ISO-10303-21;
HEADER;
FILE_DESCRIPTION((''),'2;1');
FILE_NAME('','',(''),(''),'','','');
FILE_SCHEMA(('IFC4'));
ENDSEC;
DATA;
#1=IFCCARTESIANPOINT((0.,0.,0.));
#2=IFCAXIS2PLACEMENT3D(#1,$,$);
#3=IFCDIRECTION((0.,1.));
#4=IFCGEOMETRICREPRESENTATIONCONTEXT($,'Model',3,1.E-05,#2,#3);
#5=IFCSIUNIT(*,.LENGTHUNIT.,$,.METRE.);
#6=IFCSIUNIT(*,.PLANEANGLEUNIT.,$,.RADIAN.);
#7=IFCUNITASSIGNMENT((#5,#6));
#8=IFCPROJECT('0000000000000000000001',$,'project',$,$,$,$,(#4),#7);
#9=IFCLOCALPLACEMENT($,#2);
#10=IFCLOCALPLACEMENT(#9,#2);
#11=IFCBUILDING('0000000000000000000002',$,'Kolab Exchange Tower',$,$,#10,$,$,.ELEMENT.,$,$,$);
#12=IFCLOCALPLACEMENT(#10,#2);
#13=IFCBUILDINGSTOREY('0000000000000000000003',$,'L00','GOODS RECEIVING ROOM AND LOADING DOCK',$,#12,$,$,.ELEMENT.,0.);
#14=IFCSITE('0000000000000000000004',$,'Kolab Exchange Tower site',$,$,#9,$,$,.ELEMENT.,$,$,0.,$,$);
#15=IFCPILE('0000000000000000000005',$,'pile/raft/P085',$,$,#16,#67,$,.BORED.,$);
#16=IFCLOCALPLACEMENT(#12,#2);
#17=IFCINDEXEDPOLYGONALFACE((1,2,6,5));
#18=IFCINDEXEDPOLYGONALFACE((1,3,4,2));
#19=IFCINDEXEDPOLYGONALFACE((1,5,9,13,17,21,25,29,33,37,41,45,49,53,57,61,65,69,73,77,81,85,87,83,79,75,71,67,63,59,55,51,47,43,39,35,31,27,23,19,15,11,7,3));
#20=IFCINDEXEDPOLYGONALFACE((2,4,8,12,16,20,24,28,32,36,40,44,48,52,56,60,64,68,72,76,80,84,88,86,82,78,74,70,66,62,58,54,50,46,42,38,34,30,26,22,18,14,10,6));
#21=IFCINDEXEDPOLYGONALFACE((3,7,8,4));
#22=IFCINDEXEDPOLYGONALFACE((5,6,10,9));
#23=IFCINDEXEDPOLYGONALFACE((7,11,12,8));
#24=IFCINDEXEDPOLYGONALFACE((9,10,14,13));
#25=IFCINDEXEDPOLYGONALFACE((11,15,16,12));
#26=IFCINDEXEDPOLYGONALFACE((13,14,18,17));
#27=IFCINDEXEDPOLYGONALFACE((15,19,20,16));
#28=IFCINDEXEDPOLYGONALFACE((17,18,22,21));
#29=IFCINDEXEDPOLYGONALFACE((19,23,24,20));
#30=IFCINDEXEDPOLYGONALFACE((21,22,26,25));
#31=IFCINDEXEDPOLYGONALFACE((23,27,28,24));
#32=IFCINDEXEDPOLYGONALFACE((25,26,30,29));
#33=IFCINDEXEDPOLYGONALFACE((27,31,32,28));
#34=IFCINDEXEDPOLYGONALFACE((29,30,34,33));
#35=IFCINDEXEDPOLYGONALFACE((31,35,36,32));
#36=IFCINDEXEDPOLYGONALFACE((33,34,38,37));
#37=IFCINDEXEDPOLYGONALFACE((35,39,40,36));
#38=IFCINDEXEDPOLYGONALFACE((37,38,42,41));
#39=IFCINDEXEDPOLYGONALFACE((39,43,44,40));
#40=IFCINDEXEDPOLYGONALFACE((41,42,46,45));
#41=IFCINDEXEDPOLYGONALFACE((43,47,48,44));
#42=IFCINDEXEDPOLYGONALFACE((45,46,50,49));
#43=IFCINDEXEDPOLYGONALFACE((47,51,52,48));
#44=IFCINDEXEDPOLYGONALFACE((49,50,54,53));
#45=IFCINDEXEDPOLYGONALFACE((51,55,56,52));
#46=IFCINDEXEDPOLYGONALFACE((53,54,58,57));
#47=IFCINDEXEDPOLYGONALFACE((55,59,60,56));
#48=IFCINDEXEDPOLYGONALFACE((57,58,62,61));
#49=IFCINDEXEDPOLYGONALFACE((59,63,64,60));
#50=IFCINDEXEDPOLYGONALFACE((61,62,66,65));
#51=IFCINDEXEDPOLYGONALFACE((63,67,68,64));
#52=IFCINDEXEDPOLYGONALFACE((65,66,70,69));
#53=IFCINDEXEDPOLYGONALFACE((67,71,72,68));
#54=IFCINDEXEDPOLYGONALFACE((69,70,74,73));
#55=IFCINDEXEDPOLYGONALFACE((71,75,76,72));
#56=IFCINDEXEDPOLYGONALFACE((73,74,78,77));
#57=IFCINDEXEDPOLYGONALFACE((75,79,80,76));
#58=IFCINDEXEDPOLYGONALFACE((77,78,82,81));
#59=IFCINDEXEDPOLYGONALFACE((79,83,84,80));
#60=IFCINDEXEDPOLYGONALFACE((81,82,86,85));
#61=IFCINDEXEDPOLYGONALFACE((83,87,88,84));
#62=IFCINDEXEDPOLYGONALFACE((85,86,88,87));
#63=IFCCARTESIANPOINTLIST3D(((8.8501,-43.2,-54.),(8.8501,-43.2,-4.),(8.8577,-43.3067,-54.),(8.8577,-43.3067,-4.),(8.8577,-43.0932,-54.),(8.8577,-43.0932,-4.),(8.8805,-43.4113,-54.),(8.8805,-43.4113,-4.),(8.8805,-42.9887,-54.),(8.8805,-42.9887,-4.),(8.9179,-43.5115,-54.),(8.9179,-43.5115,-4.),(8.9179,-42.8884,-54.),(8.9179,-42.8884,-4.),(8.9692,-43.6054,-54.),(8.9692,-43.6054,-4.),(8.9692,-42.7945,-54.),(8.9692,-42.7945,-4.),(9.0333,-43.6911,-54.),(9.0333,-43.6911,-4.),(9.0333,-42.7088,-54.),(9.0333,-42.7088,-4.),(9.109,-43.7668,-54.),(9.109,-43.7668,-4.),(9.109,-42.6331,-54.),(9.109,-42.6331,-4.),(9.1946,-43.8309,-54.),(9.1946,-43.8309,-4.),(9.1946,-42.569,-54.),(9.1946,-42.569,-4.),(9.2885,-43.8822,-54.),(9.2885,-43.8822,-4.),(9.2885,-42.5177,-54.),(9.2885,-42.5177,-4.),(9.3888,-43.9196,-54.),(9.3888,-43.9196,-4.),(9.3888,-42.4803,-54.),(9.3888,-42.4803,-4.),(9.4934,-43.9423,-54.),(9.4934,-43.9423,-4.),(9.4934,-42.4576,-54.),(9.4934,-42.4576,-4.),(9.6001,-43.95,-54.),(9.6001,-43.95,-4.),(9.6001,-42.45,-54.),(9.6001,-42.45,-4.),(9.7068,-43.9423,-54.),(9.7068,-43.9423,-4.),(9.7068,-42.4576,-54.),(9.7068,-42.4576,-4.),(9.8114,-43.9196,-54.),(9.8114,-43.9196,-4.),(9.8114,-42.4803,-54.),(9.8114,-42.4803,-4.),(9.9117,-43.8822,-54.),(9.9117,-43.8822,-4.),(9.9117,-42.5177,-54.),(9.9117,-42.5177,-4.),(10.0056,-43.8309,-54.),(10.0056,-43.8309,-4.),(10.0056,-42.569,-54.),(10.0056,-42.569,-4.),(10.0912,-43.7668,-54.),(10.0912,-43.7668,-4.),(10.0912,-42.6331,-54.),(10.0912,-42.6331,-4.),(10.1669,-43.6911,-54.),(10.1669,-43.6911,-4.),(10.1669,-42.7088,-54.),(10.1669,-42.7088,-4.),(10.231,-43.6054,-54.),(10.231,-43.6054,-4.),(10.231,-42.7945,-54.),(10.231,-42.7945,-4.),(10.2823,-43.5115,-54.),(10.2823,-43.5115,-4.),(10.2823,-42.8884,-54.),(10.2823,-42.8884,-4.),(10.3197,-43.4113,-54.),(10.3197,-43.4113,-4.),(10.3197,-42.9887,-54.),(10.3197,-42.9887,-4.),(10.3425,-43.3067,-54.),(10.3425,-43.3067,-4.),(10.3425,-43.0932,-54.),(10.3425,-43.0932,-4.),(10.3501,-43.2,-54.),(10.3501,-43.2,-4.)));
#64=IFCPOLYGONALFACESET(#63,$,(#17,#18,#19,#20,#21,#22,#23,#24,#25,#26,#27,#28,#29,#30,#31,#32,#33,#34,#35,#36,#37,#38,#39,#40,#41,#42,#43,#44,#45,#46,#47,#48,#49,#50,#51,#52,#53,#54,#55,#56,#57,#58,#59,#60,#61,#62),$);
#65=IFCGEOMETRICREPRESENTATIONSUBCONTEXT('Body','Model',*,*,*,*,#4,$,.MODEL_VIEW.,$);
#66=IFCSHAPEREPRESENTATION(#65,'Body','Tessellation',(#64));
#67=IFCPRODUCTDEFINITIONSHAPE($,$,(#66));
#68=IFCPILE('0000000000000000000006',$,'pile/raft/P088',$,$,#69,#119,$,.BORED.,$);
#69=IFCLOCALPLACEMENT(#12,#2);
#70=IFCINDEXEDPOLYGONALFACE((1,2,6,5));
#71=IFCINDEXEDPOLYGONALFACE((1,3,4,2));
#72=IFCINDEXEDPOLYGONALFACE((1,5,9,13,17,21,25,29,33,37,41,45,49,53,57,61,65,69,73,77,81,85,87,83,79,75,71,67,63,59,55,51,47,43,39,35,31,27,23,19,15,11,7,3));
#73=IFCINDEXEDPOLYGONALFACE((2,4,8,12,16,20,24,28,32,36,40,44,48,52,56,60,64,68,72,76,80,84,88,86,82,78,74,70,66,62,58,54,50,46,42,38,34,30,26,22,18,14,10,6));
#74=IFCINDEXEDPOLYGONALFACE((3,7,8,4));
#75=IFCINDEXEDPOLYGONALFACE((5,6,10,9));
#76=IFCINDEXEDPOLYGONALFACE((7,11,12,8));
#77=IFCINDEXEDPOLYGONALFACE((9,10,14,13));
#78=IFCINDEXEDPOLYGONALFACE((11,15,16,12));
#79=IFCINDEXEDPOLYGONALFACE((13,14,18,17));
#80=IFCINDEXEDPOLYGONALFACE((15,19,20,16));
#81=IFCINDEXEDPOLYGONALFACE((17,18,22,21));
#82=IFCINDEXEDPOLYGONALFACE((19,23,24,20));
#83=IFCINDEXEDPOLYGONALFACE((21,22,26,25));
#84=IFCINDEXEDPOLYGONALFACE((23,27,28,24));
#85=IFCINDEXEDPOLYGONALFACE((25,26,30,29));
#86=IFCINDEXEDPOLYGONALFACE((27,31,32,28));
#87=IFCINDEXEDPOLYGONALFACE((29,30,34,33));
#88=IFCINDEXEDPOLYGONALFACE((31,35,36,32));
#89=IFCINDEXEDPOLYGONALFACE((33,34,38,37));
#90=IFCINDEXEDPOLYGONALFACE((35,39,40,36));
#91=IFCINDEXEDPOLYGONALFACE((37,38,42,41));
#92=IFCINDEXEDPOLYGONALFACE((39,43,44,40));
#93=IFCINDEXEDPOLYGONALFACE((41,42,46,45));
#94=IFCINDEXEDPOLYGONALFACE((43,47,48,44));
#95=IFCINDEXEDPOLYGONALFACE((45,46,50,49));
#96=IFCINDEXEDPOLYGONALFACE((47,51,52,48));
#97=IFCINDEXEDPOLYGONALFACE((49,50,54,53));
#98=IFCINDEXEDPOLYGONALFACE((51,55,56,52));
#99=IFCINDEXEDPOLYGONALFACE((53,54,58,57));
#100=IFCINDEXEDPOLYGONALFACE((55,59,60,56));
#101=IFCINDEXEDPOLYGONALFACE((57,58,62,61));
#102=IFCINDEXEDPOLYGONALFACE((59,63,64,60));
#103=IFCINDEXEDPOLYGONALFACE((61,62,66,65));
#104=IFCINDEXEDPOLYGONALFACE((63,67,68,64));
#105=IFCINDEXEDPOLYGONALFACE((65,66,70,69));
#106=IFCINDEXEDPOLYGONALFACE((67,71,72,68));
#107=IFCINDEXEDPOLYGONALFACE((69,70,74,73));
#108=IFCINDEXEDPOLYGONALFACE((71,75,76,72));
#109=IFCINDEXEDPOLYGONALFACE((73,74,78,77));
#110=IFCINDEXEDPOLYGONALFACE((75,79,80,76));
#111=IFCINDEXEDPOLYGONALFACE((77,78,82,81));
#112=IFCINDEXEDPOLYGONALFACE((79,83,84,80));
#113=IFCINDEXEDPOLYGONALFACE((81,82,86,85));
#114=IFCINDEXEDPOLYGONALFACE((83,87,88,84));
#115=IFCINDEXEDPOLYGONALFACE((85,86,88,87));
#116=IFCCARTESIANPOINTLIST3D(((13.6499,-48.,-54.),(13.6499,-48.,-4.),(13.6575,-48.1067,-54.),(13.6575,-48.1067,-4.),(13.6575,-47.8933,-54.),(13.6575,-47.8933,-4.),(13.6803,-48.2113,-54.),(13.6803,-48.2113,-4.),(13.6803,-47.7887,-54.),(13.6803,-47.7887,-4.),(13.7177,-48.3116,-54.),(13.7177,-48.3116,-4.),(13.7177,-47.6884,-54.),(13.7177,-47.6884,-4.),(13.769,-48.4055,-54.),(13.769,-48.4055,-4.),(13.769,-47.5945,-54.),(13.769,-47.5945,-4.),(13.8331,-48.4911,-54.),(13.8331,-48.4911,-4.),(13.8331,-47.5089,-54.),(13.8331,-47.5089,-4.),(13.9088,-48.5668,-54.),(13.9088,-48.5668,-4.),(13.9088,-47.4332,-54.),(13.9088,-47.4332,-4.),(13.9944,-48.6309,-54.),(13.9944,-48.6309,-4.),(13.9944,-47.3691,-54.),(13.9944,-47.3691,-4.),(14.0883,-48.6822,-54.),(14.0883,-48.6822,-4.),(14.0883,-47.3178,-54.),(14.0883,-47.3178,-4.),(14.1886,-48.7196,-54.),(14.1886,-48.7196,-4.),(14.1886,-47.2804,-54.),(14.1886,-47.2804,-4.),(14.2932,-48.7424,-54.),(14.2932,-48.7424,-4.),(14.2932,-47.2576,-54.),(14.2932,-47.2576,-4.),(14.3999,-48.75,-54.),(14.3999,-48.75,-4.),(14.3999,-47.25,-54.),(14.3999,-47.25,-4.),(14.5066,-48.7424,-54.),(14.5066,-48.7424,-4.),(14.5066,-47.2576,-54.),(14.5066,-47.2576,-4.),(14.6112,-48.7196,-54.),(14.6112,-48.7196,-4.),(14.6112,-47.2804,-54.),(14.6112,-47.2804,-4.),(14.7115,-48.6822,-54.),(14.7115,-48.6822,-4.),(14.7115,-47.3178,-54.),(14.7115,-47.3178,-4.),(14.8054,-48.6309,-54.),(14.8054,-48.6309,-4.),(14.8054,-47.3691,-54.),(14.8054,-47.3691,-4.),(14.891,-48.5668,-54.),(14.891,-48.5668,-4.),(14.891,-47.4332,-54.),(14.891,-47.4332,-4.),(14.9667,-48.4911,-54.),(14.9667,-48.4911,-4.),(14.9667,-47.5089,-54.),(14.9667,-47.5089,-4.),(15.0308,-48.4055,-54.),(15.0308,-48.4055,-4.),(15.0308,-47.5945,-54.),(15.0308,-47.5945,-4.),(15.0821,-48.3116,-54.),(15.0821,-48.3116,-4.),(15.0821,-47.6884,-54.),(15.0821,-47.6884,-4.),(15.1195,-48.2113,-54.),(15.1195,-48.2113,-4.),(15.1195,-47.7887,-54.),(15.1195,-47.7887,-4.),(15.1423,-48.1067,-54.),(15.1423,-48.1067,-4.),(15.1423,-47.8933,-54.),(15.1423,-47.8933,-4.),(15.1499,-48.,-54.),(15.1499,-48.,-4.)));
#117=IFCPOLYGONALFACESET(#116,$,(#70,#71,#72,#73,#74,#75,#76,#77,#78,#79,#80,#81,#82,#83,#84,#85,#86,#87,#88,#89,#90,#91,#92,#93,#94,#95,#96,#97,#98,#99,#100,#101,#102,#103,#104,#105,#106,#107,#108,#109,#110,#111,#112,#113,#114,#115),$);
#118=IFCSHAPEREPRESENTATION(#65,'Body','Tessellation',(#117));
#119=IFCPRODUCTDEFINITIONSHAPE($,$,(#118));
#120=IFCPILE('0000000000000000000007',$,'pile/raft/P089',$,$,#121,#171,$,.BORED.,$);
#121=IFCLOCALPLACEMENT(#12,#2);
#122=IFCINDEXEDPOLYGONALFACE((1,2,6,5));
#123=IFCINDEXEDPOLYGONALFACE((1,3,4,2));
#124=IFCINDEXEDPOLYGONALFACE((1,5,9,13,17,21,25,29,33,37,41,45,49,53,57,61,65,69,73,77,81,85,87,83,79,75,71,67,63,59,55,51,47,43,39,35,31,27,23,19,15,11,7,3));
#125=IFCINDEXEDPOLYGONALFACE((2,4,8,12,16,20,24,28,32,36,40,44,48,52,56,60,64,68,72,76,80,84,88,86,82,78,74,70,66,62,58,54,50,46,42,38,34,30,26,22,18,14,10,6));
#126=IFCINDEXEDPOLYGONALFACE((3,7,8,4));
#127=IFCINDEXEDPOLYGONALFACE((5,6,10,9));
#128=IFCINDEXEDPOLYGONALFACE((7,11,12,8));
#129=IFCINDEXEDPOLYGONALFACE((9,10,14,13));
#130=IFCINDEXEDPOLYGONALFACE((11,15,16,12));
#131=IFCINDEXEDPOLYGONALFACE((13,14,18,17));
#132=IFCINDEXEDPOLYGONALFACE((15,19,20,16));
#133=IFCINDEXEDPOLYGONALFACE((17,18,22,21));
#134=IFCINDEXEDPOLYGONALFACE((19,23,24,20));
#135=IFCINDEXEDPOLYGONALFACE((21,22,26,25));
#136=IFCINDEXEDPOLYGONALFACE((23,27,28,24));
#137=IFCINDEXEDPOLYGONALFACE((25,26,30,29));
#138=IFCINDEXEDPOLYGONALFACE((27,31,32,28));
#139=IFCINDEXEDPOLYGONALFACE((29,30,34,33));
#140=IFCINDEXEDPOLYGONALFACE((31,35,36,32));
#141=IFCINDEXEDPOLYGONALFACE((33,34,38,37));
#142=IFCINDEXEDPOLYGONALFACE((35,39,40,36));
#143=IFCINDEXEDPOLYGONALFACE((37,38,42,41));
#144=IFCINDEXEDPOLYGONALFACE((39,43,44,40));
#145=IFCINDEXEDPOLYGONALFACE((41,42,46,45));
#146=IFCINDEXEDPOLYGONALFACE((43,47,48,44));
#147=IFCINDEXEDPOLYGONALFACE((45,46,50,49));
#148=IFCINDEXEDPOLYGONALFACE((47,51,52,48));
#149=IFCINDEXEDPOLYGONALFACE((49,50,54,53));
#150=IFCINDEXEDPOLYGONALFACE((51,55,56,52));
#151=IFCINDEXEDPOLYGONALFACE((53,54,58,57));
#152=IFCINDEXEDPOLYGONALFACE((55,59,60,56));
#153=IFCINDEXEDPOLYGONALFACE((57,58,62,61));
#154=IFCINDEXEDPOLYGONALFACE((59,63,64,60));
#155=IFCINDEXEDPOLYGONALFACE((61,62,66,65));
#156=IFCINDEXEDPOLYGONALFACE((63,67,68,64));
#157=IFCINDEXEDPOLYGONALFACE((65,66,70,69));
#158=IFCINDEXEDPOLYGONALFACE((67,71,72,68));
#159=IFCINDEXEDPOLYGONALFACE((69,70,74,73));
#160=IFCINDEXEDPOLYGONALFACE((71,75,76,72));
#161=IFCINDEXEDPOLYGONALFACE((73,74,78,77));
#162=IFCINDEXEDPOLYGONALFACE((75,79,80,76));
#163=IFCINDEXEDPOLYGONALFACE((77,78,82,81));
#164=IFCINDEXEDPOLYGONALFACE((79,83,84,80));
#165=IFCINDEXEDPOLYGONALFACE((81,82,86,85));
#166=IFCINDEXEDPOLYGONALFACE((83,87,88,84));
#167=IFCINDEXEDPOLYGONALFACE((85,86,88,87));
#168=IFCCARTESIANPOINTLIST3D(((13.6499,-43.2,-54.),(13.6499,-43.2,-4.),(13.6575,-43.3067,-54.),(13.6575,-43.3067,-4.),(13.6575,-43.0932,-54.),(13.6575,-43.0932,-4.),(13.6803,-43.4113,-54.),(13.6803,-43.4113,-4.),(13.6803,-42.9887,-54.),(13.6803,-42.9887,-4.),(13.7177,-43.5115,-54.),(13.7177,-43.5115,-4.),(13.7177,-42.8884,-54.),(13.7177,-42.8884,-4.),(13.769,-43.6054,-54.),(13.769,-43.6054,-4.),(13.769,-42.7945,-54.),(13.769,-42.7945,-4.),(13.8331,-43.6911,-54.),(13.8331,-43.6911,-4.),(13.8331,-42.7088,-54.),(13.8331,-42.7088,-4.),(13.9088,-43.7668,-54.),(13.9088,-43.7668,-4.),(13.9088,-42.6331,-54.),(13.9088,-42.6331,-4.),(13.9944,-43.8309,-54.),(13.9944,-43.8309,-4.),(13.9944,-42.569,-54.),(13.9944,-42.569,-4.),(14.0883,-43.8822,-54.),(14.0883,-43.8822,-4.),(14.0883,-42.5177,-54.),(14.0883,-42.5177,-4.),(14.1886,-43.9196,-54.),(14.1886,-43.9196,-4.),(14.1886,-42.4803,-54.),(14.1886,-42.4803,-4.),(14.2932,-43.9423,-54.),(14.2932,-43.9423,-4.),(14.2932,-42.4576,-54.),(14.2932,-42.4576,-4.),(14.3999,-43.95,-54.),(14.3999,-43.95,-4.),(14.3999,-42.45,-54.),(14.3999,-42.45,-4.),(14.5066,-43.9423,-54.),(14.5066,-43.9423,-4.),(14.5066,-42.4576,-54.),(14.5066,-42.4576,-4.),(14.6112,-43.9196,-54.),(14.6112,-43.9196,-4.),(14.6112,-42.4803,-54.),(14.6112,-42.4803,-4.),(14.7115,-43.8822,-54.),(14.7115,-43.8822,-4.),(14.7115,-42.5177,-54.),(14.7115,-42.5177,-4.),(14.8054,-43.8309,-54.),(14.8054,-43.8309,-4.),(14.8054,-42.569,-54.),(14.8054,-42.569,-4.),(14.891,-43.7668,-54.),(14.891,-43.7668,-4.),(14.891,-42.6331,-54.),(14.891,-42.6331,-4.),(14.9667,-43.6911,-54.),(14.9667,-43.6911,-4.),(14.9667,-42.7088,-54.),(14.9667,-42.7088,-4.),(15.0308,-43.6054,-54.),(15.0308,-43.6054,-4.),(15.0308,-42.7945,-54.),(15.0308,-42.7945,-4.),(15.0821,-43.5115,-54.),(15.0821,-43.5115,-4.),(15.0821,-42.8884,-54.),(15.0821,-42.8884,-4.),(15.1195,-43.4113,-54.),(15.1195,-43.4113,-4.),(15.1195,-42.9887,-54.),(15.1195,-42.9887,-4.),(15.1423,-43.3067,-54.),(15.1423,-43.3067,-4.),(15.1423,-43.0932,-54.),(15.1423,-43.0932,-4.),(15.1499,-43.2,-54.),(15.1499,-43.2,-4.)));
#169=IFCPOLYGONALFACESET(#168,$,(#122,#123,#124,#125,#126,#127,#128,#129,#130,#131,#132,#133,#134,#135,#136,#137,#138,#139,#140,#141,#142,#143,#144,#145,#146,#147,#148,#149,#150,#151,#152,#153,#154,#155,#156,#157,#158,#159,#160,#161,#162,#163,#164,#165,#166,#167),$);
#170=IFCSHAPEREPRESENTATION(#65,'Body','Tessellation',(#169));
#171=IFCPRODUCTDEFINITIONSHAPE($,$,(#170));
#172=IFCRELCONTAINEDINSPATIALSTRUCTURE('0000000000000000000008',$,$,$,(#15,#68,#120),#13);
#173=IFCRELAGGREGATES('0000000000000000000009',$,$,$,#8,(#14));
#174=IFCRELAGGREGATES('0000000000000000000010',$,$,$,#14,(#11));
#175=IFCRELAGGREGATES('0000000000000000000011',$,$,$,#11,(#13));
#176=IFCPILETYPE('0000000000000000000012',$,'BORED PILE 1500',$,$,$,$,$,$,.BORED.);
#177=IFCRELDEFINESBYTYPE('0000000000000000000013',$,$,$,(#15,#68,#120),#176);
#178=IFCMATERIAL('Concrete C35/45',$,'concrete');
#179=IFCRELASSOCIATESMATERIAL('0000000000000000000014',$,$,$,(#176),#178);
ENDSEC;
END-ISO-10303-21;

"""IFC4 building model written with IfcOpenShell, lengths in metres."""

from ifc_helpers import new_model, si_unit, direction, frame, origin, origin_2d, place, context, subcontext, project, spatial, circle, extrude, material, material_profile, profile_set, type_object, element, save


model = new_model("IFC4")

# Units and contexts
model_context = context("Model", 3, precision=1e-05, world=origin(), true_north=direction((0.0, 1.0)))
body_context = subcontext(model_context, "Body", "Model", "MODEL_VIEW")
ifc_project = project(units=[si_unit("LENGTHUNIT", "METRE"), si_unit("PLANEANGLEUNIT", "RADIAN")], contexts=[model_context])

# Site, building, storey
site_placement = place(None, origin())
site = spatial("IfcSite", under=ifc_project, at=site_placement, Name="Kolab Exchange Tower site", CompositionType="ELEMENT", RefElevation=0.0)
building_placement = place(site_placement, origin())
building = spatial("IfcBuilding", under=site, at=building_placement, Name="Kolab Exchange Tower", CompositionType="ELEMENT")
storey_placement = place(building_placement, origin())
storey = spatial("IfcBuildingStorey", under=building, at=storey_placement, Name="L00", Description="GOODS RECEIVING ROOM AND LOADING DOCK", CompositionType="ELEMENT", Elevation=0.0)

# Piles
ifc_material_1 = material(Name="Concrete C35/45", Category="concrete")
ifc_material_profile_1 = material_profile(ifc_material_1, circle(Radius=0.75, at=origin_2d()), Name="BP1500")
ifc_profile_set_1 = profile_set([ifc_material_profile_1], Name="Concrete C35/45")
pile_type_1 = type_object("IfcPileType", Name="BORED PILE 1500", PredefinedType="BORED", material=ifc_profile_set_1)
for number, where, z_axis, x_axis, name in (
    (1, (9.6001, -43.2, -4.0), (0.0, 0.0, -1.0), (1.0, 0.0, 0.0), "pile/raft/P085"),
    (2, (14.3999, -48.0, -4.0), (0.0, 0.0, -1.0), (1.0, 0.0, 0.0), "pile/raft/P088"),
    (3, (14.3999, -43.2, -4.0), (0.0, 0.0, -1.0), (1.0, 0.0, 0.0), "pile/raft/P089"),
):
    element("IfcPile", number, at=place(storey_placement, frame(where, z_axis=z_axis, x_axis=x_axis)), inside=storey, type_object=pile_type_1, Name=name, PredefinedType="BORED", context=body_context, shape_type="SweptSolid", body=[
        extrude(circle(Radius=0.75, at=origin_2d()), origin(), (0.0, 0.0, 1.0), 50.0),
    ])

save(model, "model.ifc")
